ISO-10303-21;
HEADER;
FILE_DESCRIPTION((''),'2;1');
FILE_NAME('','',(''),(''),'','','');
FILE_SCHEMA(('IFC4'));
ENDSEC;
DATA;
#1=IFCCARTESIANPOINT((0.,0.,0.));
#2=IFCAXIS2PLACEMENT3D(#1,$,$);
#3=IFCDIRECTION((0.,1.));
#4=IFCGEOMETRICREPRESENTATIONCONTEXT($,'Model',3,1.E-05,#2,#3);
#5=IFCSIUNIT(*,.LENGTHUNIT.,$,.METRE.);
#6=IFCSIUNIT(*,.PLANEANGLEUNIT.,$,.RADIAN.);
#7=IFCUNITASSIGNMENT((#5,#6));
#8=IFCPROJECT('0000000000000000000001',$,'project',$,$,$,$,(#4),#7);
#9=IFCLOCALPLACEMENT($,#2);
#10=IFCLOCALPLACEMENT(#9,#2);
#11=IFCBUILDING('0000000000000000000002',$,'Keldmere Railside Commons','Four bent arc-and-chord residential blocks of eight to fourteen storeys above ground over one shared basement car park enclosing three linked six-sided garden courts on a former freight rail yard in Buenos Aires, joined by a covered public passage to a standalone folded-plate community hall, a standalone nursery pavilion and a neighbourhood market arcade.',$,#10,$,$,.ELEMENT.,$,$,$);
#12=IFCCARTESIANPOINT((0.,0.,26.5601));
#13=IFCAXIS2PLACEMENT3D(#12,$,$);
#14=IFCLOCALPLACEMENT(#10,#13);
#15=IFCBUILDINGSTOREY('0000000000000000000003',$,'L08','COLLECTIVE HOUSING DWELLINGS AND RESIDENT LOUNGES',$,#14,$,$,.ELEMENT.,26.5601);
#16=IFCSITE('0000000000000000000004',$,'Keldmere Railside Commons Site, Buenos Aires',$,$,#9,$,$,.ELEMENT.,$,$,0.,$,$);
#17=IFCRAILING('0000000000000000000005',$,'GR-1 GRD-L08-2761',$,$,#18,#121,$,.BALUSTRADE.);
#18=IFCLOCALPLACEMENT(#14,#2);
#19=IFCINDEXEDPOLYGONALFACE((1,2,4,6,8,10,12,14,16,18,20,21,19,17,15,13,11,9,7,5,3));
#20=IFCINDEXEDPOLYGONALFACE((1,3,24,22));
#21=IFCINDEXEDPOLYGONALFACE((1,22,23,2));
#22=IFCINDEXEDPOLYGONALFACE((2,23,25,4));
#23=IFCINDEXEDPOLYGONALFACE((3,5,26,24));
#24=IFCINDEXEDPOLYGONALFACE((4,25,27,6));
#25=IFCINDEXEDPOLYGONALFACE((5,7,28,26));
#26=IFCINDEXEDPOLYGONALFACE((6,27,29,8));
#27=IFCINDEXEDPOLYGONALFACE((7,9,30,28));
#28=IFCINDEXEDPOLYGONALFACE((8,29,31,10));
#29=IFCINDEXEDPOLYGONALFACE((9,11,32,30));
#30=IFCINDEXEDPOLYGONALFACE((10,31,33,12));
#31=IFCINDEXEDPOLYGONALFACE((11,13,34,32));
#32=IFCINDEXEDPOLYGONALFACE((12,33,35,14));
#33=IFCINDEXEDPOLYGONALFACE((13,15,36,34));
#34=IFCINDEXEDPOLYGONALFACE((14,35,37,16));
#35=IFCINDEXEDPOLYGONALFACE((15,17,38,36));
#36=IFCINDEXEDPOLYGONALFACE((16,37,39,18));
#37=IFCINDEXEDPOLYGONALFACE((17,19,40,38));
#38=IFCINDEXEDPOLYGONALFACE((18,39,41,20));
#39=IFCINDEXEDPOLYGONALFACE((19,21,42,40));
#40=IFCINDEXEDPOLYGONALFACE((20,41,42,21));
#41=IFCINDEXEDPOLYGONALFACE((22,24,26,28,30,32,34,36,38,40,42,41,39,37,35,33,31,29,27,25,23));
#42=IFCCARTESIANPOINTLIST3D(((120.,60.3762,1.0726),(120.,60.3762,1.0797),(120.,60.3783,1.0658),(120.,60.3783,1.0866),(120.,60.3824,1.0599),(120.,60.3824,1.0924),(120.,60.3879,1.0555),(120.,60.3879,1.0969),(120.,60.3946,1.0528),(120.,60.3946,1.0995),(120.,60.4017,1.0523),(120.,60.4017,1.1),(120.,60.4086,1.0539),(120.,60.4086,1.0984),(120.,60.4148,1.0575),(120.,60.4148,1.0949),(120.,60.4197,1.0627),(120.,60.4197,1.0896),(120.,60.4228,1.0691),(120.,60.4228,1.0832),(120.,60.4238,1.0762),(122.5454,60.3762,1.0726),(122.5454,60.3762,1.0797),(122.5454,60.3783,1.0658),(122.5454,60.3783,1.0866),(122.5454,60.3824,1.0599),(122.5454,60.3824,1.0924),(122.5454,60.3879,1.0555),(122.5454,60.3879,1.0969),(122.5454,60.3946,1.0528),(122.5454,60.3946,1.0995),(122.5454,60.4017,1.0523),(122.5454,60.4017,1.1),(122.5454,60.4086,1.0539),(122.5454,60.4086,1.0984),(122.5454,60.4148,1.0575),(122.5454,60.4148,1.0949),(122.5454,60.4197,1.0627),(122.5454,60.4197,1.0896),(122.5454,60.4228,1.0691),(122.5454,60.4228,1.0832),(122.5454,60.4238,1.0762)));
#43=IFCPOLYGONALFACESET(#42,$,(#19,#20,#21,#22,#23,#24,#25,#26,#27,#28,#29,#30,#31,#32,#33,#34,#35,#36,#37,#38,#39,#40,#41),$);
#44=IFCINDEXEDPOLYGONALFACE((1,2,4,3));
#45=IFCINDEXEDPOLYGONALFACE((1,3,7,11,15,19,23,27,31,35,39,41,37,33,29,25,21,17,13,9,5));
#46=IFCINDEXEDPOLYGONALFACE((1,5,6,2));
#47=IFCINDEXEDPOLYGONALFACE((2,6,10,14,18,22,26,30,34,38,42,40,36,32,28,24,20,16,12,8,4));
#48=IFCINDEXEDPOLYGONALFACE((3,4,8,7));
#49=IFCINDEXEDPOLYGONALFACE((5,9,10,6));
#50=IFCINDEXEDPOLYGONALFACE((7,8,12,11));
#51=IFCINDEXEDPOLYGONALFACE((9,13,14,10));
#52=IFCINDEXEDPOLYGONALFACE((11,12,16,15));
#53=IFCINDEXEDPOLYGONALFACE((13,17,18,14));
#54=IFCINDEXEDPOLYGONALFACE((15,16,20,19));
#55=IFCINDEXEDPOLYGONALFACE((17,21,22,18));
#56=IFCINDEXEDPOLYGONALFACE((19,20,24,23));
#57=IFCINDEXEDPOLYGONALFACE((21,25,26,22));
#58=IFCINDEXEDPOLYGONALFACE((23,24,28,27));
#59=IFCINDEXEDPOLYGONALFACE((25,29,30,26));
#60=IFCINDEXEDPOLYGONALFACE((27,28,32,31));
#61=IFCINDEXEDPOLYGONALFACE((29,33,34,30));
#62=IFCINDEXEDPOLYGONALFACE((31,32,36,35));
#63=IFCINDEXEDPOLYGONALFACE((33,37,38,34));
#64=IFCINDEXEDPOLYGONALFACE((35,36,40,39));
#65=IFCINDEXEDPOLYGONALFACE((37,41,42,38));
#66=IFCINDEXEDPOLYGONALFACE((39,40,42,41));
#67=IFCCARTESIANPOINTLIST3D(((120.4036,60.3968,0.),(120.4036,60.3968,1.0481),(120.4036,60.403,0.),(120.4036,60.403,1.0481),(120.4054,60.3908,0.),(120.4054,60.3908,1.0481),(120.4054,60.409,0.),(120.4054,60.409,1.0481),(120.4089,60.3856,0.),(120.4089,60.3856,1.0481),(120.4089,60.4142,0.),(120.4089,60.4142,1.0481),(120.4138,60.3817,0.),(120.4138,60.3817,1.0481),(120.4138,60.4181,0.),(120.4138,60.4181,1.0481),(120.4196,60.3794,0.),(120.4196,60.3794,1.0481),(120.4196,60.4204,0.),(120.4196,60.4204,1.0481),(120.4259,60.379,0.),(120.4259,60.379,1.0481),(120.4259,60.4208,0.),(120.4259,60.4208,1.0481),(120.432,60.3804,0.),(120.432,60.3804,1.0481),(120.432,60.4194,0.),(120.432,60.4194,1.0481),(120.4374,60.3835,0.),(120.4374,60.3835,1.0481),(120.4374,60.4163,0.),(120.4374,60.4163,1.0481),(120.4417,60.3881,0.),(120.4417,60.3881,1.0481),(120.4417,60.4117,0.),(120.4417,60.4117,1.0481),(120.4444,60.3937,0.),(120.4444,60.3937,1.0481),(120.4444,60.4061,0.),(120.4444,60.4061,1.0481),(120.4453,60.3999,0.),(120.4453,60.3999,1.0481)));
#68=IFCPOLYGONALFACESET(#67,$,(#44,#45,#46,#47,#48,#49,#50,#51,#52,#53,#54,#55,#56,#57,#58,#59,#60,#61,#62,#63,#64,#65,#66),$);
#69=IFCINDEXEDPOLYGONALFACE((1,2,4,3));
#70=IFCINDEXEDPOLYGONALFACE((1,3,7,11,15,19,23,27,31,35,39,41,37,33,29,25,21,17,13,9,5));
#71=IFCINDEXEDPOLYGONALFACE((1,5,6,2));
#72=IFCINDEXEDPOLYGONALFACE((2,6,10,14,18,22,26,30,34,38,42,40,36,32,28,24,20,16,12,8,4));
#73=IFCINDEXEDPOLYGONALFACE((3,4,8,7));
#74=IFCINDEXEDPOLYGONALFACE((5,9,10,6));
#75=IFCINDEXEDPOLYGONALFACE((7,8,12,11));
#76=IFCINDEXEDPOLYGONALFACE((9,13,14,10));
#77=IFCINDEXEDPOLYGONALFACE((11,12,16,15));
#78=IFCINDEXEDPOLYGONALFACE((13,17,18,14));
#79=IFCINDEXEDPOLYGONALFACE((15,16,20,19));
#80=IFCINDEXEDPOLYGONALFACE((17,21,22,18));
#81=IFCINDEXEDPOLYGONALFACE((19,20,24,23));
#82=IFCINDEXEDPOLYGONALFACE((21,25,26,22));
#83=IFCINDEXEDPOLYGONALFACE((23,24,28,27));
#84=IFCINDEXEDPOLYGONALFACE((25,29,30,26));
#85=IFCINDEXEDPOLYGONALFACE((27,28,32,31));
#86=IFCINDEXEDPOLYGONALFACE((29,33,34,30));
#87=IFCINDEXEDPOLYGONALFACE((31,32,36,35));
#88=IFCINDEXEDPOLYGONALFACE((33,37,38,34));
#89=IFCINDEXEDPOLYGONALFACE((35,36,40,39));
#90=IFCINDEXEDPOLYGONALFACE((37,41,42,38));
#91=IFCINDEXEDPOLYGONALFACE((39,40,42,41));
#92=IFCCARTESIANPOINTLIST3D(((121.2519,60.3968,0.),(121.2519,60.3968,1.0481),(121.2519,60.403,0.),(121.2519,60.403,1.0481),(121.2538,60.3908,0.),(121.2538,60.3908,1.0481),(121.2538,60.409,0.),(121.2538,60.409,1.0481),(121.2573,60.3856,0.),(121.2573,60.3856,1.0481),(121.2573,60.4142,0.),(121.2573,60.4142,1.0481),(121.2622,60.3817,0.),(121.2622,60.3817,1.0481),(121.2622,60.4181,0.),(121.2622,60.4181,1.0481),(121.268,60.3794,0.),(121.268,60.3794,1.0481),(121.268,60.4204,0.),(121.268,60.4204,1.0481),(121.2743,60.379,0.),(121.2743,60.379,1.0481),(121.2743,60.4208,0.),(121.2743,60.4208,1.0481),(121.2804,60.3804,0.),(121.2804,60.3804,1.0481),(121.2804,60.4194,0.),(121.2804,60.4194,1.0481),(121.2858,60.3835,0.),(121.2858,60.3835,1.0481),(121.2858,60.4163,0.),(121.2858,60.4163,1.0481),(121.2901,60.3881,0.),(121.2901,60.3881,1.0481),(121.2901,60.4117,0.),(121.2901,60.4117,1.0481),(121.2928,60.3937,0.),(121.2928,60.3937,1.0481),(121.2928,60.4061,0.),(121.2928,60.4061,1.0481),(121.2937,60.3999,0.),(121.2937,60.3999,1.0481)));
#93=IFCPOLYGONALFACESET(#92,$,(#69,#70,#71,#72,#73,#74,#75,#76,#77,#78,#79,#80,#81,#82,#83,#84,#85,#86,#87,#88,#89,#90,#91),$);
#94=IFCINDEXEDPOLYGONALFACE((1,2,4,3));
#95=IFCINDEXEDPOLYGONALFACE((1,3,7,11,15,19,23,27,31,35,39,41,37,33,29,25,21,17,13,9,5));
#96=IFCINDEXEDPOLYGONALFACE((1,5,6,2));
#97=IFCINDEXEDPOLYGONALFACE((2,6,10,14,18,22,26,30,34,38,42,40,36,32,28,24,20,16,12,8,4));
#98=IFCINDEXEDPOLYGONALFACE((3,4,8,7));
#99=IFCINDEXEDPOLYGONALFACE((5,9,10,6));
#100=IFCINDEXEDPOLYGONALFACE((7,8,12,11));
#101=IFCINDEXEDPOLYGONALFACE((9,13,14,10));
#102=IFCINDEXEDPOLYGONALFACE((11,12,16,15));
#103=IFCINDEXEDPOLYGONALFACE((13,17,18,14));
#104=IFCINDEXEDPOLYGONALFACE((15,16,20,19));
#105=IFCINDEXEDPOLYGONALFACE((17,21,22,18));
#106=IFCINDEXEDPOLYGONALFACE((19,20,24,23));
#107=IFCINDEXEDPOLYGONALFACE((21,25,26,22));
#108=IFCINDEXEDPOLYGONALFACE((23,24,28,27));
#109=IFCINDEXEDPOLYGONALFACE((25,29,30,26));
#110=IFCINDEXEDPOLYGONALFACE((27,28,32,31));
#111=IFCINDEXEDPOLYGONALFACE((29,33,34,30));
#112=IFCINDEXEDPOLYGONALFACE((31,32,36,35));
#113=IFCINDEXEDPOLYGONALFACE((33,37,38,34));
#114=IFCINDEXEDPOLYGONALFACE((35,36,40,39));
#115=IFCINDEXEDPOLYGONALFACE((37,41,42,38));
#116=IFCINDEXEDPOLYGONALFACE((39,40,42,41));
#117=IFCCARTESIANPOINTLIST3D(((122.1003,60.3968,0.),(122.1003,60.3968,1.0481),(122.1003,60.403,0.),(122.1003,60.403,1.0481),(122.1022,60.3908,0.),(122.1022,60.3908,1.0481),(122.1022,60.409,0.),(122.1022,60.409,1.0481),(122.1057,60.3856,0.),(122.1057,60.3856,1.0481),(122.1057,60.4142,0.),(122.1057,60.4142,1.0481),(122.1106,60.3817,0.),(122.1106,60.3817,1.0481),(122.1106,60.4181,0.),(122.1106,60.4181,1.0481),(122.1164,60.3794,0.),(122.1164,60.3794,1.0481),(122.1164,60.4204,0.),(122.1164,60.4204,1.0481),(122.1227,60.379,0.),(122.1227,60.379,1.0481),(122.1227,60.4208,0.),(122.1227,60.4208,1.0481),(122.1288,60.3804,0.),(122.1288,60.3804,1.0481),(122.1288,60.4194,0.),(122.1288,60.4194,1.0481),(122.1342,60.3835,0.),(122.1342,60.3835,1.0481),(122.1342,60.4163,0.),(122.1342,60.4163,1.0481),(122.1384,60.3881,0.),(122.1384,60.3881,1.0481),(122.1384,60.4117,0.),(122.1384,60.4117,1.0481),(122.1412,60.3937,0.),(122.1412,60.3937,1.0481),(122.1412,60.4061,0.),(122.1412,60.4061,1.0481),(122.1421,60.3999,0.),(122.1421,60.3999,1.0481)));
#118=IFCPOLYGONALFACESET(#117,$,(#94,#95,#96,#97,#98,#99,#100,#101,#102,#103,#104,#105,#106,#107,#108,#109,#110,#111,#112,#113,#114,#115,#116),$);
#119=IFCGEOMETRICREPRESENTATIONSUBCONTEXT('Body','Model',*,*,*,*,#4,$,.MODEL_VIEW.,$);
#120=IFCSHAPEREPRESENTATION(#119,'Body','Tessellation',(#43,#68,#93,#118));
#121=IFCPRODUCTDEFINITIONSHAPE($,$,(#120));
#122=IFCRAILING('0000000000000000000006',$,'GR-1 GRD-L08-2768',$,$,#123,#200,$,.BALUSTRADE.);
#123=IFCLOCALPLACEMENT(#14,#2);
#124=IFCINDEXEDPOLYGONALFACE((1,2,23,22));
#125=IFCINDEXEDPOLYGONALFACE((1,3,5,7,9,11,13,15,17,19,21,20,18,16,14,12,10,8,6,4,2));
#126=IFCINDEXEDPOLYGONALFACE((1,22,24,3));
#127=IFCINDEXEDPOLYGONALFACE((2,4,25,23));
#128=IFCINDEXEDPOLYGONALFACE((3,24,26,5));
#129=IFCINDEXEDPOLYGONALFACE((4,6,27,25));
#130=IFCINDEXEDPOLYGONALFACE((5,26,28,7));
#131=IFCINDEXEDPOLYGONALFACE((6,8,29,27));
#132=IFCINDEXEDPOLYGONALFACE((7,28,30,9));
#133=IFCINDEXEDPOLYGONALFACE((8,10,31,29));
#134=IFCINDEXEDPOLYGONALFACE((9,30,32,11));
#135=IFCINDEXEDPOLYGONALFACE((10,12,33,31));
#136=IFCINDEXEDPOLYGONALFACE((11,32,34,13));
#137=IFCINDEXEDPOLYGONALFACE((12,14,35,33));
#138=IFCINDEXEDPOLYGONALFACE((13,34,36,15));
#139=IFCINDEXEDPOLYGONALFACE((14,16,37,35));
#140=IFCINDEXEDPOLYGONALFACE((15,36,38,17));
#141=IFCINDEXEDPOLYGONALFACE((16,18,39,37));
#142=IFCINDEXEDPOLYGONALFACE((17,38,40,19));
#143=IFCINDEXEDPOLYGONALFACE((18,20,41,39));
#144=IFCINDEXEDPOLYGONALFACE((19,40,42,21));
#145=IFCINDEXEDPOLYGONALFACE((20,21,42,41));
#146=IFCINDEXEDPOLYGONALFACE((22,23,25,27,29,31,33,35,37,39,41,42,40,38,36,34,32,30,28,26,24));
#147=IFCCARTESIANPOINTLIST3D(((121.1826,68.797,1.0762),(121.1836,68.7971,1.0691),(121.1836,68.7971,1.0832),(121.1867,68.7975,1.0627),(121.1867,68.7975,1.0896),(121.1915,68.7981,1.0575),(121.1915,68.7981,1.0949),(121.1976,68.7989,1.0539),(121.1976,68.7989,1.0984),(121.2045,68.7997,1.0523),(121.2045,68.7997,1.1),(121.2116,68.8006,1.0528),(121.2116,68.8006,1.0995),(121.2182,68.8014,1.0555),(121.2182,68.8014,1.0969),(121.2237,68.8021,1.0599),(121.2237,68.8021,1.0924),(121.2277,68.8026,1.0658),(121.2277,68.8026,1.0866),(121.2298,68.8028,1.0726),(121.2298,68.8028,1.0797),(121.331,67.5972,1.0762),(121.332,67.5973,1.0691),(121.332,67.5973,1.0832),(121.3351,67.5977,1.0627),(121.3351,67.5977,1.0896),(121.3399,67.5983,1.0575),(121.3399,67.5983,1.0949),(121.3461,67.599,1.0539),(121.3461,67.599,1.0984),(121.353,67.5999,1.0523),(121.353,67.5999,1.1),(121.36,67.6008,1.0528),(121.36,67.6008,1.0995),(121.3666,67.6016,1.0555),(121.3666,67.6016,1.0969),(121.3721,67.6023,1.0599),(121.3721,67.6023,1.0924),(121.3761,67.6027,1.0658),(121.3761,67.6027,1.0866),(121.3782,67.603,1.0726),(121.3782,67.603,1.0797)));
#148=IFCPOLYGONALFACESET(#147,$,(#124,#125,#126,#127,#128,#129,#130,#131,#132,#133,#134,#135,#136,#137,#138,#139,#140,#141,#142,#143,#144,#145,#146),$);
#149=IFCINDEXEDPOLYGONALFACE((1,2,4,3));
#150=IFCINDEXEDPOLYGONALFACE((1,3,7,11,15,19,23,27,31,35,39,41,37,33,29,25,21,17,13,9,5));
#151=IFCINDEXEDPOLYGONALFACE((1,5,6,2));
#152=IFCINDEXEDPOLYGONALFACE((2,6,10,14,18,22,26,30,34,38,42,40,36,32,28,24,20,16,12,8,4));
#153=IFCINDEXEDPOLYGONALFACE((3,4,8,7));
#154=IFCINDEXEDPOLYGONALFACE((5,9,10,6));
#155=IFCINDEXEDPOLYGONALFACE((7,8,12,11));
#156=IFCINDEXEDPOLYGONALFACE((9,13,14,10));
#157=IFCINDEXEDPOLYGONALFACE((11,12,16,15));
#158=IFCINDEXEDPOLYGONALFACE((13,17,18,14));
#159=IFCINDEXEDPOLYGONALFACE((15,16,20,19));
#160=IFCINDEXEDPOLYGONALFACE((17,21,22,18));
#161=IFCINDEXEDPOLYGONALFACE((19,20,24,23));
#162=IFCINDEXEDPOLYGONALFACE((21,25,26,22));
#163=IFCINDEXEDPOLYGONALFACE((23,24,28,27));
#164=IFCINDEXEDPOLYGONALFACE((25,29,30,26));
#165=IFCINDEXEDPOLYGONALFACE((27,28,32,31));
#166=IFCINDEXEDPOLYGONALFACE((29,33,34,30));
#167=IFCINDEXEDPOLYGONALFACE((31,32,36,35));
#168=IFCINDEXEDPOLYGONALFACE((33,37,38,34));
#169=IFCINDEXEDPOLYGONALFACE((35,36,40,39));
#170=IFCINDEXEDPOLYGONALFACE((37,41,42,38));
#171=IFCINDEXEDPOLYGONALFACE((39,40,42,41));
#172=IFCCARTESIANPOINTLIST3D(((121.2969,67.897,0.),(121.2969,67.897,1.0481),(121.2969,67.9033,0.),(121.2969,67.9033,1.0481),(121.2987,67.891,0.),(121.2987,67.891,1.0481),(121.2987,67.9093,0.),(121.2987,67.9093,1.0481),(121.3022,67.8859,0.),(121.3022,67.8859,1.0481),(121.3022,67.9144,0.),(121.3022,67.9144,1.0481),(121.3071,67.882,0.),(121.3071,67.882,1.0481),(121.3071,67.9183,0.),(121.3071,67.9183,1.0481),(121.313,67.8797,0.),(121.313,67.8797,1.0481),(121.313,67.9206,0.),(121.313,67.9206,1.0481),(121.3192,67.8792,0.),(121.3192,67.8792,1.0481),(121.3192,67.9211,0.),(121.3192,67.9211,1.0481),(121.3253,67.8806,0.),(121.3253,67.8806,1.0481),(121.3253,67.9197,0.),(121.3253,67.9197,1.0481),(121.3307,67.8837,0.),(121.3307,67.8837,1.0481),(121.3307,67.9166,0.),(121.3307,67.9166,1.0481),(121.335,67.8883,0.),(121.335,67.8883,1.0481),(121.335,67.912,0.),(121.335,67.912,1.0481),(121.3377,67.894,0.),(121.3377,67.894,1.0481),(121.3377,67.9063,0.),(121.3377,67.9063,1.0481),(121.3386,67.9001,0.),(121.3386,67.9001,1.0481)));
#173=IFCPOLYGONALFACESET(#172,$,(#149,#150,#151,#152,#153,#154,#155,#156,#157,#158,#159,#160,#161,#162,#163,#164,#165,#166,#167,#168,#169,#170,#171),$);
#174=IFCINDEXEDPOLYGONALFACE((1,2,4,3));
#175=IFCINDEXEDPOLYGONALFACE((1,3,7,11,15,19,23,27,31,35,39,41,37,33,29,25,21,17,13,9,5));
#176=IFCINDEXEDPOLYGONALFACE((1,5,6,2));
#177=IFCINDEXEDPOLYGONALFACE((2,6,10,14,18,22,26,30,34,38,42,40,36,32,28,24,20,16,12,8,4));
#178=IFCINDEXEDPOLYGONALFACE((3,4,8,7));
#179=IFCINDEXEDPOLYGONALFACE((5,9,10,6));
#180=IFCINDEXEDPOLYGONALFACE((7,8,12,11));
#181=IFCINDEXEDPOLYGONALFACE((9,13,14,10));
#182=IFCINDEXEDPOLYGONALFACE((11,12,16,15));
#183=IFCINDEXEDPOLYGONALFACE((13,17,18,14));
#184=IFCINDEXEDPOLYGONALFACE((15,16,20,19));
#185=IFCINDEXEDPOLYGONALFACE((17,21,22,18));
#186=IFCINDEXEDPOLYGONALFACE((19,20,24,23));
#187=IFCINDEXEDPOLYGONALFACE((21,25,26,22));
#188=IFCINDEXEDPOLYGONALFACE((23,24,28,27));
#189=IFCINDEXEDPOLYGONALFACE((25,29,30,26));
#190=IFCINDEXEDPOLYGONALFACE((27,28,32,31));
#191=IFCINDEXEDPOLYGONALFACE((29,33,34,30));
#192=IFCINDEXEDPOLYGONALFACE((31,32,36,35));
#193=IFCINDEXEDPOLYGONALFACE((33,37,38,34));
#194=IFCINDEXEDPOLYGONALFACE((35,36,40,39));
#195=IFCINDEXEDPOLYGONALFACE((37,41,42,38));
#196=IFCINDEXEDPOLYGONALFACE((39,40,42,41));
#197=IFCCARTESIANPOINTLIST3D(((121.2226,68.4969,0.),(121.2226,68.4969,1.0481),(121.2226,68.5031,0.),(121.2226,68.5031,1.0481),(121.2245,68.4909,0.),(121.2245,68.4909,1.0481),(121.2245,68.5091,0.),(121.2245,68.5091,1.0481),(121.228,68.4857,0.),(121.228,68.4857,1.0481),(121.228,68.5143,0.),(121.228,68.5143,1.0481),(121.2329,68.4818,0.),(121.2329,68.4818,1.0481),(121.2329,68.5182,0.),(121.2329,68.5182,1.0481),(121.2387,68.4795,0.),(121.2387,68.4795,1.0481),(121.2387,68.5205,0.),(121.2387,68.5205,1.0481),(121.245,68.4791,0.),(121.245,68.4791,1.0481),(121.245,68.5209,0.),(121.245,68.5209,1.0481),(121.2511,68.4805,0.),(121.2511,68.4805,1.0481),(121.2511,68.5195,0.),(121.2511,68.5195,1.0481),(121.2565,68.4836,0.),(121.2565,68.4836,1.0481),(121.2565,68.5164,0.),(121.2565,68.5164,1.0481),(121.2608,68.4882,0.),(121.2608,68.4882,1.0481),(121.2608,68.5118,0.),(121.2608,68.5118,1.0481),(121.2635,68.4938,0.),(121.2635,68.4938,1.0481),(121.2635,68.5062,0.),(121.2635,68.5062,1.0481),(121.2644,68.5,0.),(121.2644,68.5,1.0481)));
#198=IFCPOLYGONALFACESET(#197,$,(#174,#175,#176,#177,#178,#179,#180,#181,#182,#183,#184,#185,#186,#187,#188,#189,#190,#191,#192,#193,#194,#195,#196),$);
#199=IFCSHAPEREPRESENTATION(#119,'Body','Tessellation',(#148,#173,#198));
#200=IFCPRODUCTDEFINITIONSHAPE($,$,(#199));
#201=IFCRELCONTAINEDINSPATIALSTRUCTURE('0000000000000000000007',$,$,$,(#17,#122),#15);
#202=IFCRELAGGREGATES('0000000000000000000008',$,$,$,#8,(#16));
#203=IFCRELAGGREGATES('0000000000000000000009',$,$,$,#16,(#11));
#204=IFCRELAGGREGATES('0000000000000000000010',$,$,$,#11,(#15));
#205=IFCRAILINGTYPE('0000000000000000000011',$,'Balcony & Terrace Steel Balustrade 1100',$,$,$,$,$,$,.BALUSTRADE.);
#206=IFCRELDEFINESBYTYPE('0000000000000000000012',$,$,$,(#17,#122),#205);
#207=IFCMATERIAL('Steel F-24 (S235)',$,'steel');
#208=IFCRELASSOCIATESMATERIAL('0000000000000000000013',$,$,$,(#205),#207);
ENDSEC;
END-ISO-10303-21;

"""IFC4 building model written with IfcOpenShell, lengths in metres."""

from ifc_helpers import new_model, si_unit, direction, frame, origin, origin_2d, place, context, subcontext, project, spatial, circle, extrude, material, type_object, element, save


model = new_model("IFC4")

# Units and contexts
model_context = context("Model", 3, precision=1e-05, world=origin(), true_north=direction((0.0, 1.0)))
body_context = subcontext(model_context, "Body", "Model", "MODEL_VIEW")
ifc_project = project(units=[si_unit("LENGTHUNIT", "METRE"), si_unit("PLANEANGLEUNIT", "RADIAN")], contexts=[model_context])

# Site, building, storey
site_placement = place(None, origin())
site = spatial("IfcSite", under=ifc_project, at=site_placement, Name="Keldmere Railside Commons Site, Buenos Aires", CompositionType="ELEMENT", RefElevation=0.0)
building_placement = place(site_placement, origin())
building = spatial("IfcBuilding", under=site, at=building_placement, Name="Keldmere Railside Commons", Description="Four bent arc-and-chord residential blocks of eight to fourteen storeys above ground over one shared basement car park enclosing three linked six-sided garden courts on a former freight rail yard in Buenos Aires, joined by a covered public passage to a standalone folded-plate community hall, a standalone nursery pavilion and a neighbourhood market arcade.", CompositionType="ELEMENT")
storey_placement = place(building_placement, frame((0.0, 0.0, 26.5601)))
storey = spatial("IfcBuildingStorey", under=building, at=storey_placement, Name="L08", Description="COLLECTIVE HOUSING DWELLINGS AND RESIDENT LOUNGES", CompositionType="ELEMENT", Elevation=26.5601)

# Railings
ifc_material_1 = material(Name="Steel F-24 (S235)", Category="steel")
railing_type = type_object("IfcRailingType", Name="Balcony & Terrace Steel Balustrade 1100", PredefinedType="BALUSTRADE", material=ifc_material_1)
railing_1_placement = place(storey_placement, frame((120.0, 60.3999, 0.0)))
element("IfcRailing", 1, at=railing_1_placement, inside=storey, type_object=railing_type, Name="GR-1 GRD-L08-2761", PredefinedType="BALUSTRADE", context=body_context, shape_type="SweptSolid", body=[
    extrude(circle(Radius=0.0239, at=origin_2d()), frame((0.0, 0.0, 1.0762), z_axis=(1.0, 0.0, 0.0), x_axis=(0.0, 1.0, 0.0)), (0.0, 0.0, 1.0), 2.5454),
    extrude(circle(Radius=0.021, at=origin_2d()), frame((0.4243, 0.0, 0.0)), (0.0, 0.0, 1.0), 1.0481),
    extrude(circle(Radius=0.021, at=origin_2d()), frame((1.2727, 0.0, 0.0)), (0.0, 0.0, 1.0), 1.0481),
    extrude(circle(Radius=0.021, at=origin_2d()), frame((2.1211, 0.0, 0.0)), (0.0, 0.0, 1.0), 1.0481),
])
railing_2_placement = place(storey_placement, frame((121.3547, 67.6001, 0.0)))
element("IfcRailing", 2, at=railing_2_placement, inside=storey, type_object=railing_type, Name="GR-1 GRD-L08-2768", PredefinedType="BALUSTRADE", context=body_context, shape_type="SweptSolid", body=[
    extrude(circle(Radius=0.0239, at=origin_2d()), frame((0.0, 0.0, 1.0762), z_axis=(-0.122767, 0.992435, 0.0), x_axis=(-0.992435, -0.122767, 0.0)), (0.0, 0.0, 1.0), 1.209),
    extrude(circle(Radius=0.021, at=origin_2d()), frame((-0.0371, 0.3, 0.0)), (0.0, 0.0, 1.0), 1.0481),
    extrude(circle(Radius=0.021, at=origin_2d()), frame((-0.1113, 0.8999, 0.0)), (0.0, 0.0, 1.0), 1.0481),
])

save(model, "model.ifc")
